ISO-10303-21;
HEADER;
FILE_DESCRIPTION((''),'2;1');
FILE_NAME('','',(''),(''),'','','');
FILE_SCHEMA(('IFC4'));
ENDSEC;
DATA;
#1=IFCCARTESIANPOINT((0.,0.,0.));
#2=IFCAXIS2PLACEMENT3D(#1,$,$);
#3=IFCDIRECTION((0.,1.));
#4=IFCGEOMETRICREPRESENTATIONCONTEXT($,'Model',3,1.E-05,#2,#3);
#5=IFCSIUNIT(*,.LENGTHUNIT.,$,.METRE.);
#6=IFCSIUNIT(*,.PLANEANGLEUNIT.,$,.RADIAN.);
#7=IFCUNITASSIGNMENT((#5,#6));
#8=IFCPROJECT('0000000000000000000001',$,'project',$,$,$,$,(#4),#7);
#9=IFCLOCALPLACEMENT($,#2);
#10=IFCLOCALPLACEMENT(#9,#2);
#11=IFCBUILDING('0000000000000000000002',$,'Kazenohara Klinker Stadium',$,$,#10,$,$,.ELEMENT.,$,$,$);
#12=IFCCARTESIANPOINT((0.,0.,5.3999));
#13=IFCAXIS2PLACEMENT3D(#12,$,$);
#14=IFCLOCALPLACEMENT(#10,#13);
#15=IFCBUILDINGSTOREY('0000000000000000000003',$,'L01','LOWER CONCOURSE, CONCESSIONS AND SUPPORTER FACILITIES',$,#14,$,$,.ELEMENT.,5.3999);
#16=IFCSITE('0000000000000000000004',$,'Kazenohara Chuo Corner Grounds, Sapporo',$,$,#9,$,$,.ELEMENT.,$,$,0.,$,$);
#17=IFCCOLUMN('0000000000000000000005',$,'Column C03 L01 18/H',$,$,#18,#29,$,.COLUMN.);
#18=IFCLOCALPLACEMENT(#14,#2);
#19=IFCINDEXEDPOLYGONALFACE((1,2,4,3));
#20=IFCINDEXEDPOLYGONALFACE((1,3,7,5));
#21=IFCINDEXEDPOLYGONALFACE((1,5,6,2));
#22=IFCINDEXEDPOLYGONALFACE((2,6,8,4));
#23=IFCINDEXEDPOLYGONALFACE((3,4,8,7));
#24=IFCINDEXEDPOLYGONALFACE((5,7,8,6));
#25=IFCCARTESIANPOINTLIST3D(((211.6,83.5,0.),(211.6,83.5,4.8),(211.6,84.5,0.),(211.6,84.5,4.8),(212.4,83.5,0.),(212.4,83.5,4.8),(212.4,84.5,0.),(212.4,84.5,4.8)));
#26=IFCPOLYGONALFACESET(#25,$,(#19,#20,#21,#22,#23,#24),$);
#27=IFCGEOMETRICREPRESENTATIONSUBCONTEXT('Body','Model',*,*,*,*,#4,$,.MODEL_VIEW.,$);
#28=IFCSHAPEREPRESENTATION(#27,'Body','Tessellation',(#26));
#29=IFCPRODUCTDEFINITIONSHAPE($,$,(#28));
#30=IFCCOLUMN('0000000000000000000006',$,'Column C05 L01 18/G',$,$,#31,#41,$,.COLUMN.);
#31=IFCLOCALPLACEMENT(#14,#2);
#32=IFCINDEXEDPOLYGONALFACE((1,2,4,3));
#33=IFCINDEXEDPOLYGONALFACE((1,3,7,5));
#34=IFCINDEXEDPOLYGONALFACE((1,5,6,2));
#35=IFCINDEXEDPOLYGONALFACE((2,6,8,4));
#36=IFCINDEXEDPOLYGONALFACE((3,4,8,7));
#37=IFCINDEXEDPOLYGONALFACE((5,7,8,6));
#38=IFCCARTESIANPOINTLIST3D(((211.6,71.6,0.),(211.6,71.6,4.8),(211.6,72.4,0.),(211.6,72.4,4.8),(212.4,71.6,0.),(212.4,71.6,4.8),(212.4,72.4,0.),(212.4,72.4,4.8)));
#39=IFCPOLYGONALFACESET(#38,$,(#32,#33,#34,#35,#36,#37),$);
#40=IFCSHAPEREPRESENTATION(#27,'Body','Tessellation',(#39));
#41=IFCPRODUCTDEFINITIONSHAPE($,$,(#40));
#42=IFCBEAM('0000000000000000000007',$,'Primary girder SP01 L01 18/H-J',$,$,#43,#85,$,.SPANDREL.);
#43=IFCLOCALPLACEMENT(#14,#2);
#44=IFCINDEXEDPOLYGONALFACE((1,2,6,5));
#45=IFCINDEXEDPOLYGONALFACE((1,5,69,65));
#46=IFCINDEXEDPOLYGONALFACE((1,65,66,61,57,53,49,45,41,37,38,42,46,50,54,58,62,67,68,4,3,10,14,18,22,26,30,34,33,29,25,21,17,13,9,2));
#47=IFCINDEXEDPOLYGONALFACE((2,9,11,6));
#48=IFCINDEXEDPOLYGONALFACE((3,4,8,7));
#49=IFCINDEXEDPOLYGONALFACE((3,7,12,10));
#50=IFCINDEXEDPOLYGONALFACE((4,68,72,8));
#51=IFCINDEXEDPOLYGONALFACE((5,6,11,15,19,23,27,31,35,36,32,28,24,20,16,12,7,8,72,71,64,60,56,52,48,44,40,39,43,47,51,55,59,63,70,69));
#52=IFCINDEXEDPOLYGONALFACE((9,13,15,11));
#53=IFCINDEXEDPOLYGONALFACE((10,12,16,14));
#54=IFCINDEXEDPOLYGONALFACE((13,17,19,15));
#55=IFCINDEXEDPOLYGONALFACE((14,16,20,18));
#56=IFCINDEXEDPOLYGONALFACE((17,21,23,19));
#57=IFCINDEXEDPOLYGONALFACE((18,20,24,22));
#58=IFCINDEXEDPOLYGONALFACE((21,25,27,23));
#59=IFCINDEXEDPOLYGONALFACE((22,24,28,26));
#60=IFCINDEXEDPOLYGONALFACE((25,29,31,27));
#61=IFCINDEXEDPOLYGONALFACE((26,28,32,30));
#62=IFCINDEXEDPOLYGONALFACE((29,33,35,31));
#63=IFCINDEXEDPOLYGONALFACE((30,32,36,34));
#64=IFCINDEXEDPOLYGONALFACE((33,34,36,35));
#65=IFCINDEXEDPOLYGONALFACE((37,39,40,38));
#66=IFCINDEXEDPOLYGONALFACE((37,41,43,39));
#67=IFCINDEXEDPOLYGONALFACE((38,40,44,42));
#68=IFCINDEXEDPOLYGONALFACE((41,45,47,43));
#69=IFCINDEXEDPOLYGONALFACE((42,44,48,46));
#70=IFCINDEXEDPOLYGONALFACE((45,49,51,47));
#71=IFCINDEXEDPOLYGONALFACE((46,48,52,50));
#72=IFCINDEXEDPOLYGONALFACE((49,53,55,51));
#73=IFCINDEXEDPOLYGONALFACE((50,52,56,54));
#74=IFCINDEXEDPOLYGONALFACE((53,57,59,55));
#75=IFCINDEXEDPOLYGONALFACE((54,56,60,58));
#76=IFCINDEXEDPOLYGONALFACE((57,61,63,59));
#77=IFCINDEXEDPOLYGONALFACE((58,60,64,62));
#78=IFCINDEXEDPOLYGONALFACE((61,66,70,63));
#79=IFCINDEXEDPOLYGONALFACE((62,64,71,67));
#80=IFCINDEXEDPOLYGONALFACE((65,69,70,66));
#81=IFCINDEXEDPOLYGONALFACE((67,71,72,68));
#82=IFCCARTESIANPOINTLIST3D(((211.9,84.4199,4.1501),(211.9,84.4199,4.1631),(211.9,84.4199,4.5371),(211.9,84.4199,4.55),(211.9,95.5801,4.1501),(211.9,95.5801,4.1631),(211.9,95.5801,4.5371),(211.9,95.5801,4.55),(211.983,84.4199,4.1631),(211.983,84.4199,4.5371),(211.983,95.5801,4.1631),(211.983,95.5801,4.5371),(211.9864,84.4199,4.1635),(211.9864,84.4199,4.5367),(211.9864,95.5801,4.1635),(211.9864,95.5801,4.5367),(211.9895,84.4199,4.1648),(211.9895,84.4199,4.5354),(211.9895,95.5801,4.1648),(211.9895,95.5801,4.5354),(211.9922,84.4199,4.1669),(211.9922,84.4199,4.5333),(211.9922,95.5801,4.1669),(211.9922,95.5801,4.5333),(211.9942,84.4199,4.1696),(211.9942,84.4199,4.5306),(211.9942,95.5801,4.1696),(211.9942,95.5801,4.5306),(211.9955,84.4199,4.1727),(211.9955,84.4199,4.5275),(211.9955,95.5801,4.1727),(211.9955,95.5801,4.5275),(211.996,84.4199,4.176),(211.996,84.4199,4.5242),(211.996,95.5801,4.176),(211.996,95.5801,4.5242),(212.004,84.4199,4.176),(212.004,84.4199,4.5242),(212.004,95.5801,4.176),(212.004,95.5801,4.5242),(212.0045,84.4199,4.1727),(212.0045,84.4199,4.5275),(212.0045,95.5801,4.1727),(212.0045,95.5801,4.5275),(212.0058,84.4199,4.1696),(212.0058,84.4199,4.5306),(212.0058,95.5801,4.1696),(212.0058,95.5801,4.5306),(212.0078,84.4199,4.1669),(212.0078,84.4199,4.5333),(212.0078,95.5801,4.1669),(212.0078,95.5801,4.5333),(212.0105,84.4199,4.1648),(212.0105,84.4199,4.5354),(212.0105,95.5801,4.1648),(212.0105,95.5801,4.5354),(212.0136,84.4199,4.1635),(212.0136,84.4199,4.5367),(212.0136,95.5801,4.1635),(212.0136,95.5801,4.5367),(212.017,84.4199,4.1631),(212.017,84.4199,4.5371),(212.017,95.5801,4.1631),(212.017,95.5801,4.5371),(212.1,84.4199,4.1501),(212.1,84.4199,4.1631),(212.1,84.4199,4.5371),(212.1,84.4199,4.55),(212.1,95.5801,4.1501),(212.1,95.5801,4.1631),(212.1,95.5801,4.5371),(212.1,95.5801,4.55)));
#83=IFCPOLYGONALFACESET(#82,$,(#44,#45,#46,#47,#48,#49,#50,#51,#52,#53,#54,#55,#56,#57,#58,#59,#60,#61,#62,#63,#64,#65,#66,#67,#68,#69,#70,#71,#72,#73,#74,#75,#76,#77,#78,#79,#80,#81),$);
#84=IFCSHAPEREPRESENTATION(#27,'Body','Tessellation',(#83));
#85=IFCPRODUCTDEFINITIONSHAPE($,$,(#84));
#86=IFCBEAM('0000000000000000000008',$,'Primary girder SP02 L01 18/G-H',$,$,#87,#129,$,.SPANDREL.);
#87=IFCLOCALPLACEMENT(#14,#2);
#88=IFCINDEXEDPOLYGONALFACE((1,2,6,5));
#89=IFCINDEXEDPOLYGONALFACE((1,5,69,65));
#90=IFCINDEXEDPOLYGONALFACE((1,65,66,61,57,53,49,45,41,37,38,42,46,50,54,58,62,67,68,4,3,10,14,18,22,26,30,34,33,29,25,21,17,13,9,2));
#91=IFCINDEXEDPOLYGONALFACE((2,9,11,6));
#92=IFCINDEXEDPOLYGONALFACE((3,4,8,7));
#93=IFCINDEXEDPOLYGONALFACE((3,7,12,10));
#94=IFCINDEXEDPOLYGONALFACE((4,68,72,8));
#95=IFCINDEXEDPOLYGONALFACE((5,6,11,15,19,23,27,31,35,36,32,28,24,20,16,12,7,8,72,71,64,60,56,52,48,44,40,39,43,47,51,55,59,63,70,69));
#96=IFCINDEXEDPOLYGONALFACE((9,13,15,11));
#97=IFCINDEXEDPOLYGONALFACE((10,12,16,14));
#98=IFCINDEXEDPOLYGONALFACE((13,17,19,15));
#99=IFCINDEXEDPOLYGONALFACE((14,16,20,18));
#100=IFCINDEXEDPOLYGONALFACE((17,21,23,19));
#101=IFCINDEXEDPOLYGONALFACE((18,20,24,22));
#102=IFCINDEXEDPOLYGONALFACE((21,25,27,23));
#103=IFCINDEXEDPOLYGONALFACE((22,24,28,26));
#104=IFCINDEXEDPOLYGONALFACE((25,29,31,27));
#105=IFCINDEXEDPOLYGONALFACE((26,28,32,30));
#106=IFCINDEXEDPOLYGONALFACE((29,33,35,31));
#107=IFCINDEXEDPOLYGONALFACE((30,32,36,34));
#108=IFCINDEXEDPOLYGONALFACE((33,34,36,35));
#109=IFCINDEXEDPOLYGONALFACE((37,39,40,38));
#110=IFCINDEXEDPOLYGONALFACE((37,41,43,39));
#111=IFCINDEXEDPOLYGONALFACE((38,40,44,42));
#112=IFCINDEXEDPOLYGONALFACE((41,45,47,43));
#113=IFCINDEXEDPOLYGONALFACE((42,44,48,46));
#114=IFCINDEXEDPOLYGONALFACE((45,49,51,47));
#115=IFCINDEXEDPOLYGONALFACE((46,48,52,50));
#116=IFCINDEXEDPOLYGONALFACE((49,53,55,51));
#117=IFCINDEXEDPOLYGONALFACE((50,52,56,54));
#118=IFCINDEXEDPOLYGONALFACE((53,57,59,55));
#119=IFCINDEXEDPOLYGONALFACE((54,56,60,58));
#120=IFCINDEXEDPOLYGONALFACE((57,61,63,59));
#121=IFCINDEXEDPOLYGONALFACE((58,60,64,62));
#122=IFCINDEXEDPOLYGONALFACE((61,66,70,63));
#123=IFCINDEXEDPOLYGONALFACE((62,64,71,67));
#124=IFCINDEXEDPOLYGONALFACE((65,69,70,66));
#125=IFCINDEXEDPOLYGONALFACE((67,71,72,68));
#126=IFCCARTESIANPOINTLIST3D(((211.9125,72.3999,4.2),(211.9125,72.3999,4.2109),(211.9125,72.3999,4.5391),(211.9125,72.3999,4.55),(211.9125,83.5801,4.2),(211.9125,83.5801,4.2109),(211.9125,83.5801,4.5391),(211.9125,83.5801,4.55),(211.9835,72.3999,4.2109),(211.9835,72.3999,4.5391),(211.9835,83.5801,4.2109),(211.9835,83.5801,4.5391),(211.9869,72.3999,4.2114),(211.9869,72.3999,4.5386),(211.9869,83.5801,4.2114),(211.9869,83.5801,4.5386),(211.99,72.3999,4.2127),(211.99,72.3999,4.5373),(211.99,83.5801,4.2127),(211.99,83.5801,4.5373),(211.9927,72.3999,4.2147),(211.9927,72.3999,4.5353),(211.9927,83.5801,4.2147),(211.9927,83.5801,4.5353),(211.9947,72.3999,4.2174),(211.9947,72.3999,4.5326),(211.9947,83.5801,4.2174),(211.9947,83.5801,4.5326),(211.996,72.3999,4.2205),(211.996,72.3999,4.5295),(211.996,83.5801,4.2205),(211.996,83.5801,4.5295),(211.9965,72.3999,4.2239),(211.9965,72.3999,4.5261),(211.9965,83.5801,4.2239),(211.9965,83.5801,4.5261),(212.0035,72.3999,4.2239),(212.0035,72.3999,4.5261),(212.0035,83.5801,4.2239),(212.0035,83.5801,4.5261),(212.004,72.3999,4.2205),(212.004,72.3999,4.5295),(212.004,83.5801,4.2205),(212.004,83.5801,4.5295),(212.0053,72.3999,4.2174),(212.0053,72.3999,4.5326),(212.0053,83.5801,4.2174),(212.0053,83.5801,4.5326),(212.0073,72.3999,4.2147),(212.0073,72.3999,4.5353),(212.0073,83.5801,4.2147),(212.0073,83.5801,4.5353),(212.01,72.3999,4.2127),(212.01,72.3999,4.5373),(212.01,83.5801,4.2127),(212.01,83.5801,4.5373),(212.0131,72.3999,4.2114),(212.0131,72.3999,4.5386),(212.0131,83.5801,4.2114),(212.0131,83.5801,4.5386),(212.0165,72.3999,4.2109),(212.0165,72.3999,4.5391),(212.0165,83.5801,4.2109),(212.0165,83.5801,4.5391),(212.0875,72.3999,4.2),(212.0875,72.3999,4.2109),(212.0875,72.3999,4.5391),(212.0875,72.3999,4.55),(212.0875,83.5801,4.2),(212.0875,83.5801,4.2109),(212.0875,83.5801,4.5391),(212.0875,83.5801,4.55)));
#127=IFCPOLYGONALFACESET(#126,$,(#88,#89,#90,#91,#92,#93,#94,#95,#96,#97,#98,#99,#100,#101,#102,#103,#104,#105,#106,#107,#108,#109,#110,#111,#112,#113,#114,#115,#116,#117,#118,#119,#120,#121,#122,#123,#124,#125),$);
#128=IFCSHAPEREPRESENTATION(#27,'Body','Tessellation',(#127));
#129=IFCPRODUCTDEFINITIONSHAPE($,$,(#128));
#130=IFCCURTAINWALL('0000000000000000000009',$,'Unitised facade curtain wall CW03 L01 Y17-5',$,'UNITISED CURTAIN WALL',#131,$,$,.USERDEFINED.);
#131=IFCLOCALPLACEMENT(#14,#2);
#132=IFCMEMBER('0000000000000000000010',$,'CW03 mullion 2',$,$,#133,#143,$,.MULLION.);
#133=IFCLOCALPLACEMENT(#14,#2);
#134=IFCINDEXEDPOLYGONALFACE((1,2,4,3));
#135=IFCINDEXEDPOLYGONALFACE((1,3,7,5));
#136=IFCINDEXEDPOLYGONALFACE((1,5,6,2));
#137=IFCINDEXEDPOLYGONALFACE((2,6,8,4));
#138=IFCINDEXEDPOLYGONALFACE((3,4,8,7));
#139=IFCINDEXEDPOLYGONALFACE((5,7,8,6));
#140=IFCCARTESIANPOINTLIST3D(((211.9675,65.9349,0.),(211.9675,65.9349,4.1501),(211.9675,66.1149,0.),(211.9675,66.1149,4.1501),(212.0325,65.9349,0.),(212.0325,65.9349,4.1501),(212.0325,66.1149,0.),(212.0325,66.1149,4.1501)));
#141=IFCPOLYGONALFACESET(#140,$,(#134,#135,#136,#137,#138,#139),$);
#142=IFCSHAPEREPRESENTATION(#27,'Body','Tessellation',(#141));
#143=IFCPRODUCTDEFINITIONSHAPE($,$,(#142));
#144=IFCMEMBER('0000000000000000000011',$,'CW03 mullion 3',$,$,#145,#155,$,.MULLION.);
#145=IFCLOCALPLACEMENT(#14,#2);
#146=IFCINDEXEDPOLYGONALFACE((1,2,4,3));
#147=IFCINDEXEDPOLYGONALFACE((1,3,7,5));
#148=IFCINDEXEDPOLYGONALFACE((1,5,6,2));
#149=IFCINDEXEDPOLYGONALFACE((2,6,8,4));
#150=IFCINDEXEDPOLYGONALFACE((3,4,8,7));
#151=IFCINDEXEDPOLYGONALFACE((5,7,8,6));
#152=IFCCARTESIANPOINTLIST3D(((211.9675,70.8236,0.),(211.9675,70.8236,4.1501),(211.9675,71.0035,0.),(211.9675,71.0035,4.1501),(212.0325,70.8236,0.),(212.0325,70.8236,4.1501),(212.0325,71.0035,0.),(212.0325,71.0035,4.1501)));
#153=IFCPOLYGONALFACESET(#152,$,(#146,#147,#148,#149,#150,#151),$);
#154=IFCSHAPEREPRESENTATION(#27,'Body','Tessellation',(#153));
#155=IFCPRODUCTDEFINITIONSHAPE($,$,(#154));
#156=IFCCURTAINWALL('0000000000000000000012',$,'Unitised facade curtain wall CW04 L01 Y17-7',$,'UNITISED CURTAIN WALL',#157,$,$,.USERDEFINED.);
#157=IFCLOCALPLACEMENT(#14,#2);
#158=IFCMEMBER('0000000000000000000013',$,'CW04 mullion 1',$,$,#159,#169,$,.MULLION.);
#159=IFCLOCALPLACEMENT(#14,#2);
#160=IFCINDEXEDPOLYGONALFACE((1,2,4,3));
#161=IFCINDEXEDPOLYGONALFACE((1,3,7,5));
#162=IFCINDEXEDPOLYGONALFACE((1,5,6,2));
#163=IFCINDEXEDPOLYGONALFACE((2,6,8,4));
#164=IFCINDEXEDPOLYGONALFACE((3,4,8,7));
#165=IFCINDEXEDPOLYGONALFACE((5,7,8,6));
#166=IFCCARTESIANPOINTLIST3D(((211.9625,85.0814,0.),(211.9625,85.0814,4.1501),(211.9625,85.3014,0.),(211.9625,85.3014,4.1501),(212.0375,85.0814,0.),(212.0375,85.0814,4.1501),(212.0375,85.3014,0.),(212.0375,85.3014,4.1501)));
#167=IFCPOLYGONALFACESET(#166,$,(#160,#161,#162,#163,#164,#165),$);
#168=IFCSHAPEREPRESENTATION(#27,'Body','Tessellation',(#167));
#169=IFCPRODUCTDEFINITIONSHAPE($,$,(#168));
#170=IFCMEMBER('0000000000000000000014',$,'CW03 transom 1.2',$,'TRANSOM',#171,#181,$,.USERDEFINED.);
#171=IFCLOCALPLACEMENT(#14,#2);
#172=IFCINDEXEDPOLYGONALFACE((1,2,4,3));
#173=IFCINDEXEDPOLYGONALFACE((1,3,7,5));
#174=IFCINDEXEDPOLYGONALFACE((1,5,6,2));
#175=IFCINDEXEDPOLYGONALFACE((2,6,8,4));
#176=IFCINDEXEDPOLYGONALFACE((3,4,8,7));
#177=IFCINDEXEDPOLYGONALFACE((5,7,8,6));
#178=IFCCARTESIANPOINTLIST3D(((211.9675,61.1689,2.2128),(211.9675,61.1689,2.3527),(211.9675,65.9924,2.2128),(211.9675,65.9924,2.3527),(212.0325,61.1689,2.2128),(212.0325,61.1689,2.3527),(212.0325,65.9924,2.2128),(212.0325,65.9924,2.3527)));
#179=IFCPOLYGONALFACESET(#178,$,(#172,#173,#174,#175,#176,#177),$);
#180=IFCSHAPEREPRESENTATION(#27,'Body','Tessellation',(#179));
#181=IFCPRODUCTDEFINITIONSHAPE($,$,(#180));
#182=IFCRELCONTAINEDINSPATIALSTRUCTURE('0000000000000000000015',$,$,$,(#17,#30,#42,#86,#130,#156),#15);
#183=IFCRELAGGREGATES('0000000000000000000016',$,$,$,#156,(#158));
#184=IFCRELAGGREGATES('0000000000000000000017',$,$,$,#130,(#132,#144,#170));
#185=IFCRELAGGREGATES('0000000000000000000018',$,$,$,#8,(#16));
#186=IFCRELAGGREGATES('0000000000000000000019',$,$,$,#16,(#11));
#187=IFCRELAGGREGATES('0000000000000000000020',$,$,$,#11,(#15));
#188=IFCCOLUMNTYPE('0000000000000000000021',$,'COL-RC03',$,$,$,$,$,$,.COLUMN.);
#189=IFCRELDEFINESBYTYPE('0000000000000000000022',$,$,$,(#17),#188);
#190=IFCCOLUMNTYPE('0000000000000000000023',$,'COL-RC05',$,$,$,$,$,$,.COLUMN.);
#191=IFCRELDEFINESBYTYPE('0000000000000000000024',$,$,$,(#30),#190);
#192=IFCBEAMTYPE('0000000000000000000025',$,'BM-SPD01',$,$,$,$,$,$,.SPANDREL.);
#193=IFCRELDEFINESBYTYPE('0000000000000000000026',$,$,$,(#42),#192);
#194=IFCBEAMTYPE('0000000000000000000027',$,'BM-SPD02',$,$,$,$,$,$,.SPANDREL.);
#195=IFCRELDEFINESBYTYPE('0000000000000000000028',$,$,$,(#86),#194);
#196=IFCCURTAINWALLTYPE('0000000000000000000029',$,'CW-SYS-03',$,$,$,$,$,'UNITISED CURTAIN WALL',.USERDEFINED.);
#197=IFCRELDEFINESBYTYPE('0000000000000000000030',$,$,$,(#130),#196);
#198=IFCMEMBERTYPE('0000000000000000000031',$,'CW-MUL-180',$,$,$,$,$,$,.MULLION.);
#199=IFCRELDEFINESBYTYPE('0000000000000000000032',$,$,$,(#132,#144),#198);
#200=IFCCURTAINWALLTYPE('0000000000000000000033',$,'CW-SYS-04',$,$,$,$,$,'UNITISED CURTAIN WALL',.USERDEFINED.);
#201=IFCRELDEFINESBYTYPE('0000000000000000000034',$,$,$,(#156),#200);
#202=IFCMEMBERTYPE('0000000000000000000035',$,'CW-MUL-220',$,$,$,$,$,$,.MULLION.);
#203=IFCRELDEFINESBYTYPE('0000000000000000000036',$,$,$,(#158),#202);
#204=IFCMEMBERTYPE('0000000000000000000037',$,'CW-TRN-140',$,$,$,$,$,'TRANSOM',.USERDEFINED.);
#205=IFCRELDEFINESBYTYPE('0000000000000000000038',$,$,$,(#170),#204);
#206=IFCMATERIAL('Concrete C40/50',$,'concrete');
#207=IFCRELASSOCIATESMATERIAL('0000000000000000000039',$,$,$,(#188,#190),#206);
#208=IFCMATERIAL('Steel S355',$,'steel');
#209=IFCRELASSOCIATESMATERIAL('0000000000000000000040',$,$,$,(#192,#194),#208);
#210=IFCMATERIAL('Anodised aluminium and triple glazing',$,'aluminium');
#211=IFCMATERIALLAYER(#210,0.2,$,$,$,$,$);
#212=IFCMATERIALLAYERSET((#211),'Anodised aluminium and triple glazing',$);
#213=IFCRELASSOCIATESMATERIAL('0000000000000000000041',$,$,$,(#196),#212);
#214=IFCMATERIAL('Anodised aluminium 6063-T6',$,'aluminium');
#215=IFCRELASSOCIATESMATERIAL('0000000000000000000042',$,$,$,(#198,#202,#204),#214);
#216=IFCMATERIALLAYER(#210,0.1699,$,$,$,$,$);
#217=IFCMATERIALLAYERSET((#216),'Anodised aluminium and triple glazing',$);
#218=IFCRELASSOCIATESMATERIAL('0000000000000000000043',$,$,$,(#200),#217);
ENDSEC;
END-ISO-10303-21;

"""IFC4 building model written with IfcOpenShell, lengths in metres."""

from ifc_helpers import new_model, si_unit, direction, frame, origin, origin_2d, place, context, subcontext, project, spatial, rectangle, i_section, extrude, material, layer, layer_set, material_profile, profile_set, type_object, element, aggregate, save


model = new_model("IFC4")

# Units and contexts
model_context = context("Model", 3, precision=1e-05, world=origin(), true_north=direction((0.0, 1.0)))
body_context = subcontext(model_context, "Body", "Model", "MODEL_VIEW")
ifc_project = project(units=[si_unit("LENGTHUNIT", "METRE"), si_unit("PLANEANGLEUNIT", "RADIAN")], contexts=[model_context])

# Site, building, storey
site_placement = place(None, origin())
site = spatial("IfcSite", under=ifc_project, at=site_placement, Name="Kazenohara Chuo Corner Grounds, Sapporo", CompositionType="ELEMENT", RefElevation=0.0)
building_placement = place(site_placement, origin())
building = spatial("IfcBuilding", under=site, at=building_placement, Name="Kazenohara Klinker Stadium", CompositionType="ELEMENT")
storey_placement = place(building_placement, frame((0.0, 0.0, 5.3999)))
storey = spatial("IfcBuildingStorey", under=building, at=storey_placement, Name="L01", Description="LOWER CONCOURSE, CONCESSIONS AND SUPPORTER FACILITIES", CompositionType="ELEMENT", Elevation=5.3999)

# Columns
ifc_material_1 = material(Name="Concrete C40/50", Category="concrete")
ifc_material_profile_1 = material_profile(ifc_material_1, rectangle(XDim=0.8, YDim=1.0, at=origin_2d()), Name="RC-COL-1000x800")
ifc_profile_set_1 = profile_set([ifc_material_profile_1], Name="Concrete C40/50")
column_type_1 = type_object("IfcColumnType", Name="COL-RC03", PredefinedType="COLUMN", material=ifc_profile_set_1)
column_1_placement = place(storey_placement, frame((212.0, 84.0, 0.0), z_axis=(0.0, 0.0, 1.0), x_axis=(1.0, 0.0, 0.0)))
element("IfcColumn", 1, at=column_1_placement, inside=storey, type_object=column_type_1, Name="Column C03 L01 18/H", PredefinedType="COLUMN", context=body_context, shape_type="SweptSolid", body=[
    extrude(rectangle(XDim=0.8, YDim=1.0, at=origin_2d()), origin(), (0.0, 0.0, 1.0), 4.8),
])
ifc_material_profile_2 = material_profile(ifc_material_1, rectangle(XDim=0.8, YDim=0.8, at=origin_2d()), Name="RC-COL-800x800")
ifc_profile_set_2 = profile_set([ifc_material_profile_2], Name="Concrete C40/50")
column_type_2 = type_object("IfcColumnType", Name="COL-RC05", PredefinedType="COLUMN", material=ifc_profile_set_2)
column_2_placement = place(storey_placement, frame((212.0, 72.0, 0.0), z_axis=(0.0, 0.0, 1.0), x_axis=(1.0, 0.0, 0.0)))
element("IfcColumn", 2, at=column_2_placement, inside=storey, type_object=column_type_2, Name="Column C05 L01 18/G", PredefinedType="COLUMN", context=body_context, shape_type="SweptSolid", body=[
    extrude(rectangle(XDim=0.8, YDim=0.8, at=origin_2d()), origin(), (0.0, 0.0, 1.0), 4.8),
])

# Beams
ifc_material_2 = material(Name="Steel S355", Category="steel")
ifc_material_profile_3 = material_profile(ifc_material_2, i_section(OverallWidth=0.2, OverallDepth=0.3999, WebThickness=0.0081, FlangeThickness=0.0129, FilletRadius=0.0129, at=origin_2d()), Name="H-400x200x8x13")
ifc_profile_set_3 = profile_set([ifc_material_profile_3], Name="Steel S355")
beam_type_1 = type_object("IfcBeamType", Name="BM-SPD01", PredefinedType="SPANDREL", material=ifc_profile_set_3)
beam_1_placement = place(storey_placement, frame((212.0, 84.4199, 4.3501), z_axis=(0.0, 1.0, 0.0), x_axis=(-1.0, 0.0, 0.0)))
element("IfcBeam", 3, at=beam_1_placement, inside=storey, type_object=beam_type_1, Name="Primary girder SP01 L01 18/H-J", PredefinedType="SPANDREL", context=body_context, shape_type="SweptSolid", body=[
    extrude(i_section(OverallWidth=0.2, OverallDepth=0.3999, WebThickness=0.0081, FlangeThickness=0.0129, FilletRadius=0.0129, at=origin_2d()), origin(), (0.0, 0.0, 1.0), 11.1602),
])
ifc_material_profile_4 = material_profile(ifc_material_2, i_section(OverallWidth=0.175, OverallDepth=0.3501, WebThickness=0.0071, FlangeThickness=0.011, FilletRadius=0.0129, at=origin_2d()), Name="H-350x175x7x11")
ifc_profile_set_4 = profile_set([ifc_material_profile_4], Name="Steel S355")
beam_type_2 = type_object("IfcBeamType", Name="BM-SPD02", PredefinedType="SPANDREL", material=ifc_profile_set_4)
beam_2_placement = place(storey_placement, frame((212.0, 72.3999, 4.375), z_axis=(0.0, 1.0, 0.0), x_axis=(-1.0, 0.0, 0.0)))
element("IfcBeam", 4, at=beam_2_placement, inside=storey, type_object=beam_type_2, Name="Primary girder SP02 L01 18/G-H", PredefinedType="SPANDREL", context=body_context, shape_type="SweptSolid", body=[
    extrude(i_section(OverallWidth=0.175, OverallDepth=0.3501, WebThickness=0.0071, FlangeThickness=0.011, FilletRadius=0.0129, at=origin_2d()), origin(), (0.0, 0.0, 1.0), 11.1802),
])

# Curtain wall, members
ifc_material_3 = material(Name="Anodised aluminium and triple glazing", Category="aluminium")
ifc_layer_1 = layer(ifc_material_3, 0.2)
ifc_layer_set_1 = layer_set([ifc_layer_1], Name="Anodised aluminium and triple glazing")
curtain_wall_type_1 = type_object("IfcCurtainWallType", Name="CW-SYS-03", ElementType="UNITISED CURTAIN WALL", PredefinedType="USERDEFINED", material=ifc_layer_set_1)
curtain_wall_1_placement = place(storey_placement, origin())
curtain_wall_1 = element("IfcCurtainWall", 5, at=curtain_wall_1_placement, inside=storey, type_object=curtain_wall_type_1, Name="Unitised facade curtain wall CW03 L01 Y17-5", ObjectType="UNITISED CURTAIN WALL", PredefinedType="USERDEFINED")
ifc_material_4 = material(Name="Anodised aluminium 6063-T6", Category="aluminium")
ifc_material_profile_5 = material_profile(ifc_material_4, rectangle(XDim=0.0649, YDim=0.1799, at=origin_2d()), Name="ALU-MUL-65x180")
ifc_profile_set_5 = profile_set([ifc_material_profile_5], Name="Anodised aluminium 6063-T6")
member_type_1 = type_object("IfcMemberType", Name="CW-MUL-180", PredefinedType="MULLION", material=ifc_profile_set_5)
member_1_placement = place(storey_placement, frame((212.0, 66.0249, 0.0), z_axis=(0.0, 0.0, 1.0), x_axis=(-1.0, 0.0, 0.0)))
member_1 = element("IfcMember", 6, at=member_1_placement, type_object=member_type_1, Name="CW03 mullion 2", PredefinedType="MULLION", context=body_context, shape_type="SweptSolid", body=[
    extrude(rectangle(XDim=0.0649, YDim=0.1799, at=origin_2d()), origin(), (0.0, 0.0, 1.0), 4.1501),
])
member_2_placement = place(storey_placement, frame((212.0, 70.9136, 0.0), z_axis=(0.0, 0.0, 1.0), x_axis=(-1.0, 0.0, 0.0)))
member_2 = element("IfcMember", 7, at=member_2_placement, type_object=member_type_1, Name="CW03 mullion 3", PredefinedType="MULLION", context=body_context, shape_type="SweptSolid", body=[
    extrude(rectangle(XDim=0.0649, YDim=0.1799, at=origin_2d()), origin(), (0.0, 0.0, 1.0), 4.1501),
])

# Curtain wall, member
ifc_layer_2 = layer(ifc_material_3, 0.1699)
ifc_layer_set_2 = layer_set([ifc_layer_2], Name="Anodised aluminium and triple glazing")
curtain_wall_type_2 = type_object("IfcCurtainWallType", Name="CW-SYS-04", ElementType="UNITISED CURTAIN WALL", PredefinedType="USERDEFINED", material=ifc_layer_set_2)
curtain_wall_2_placement = place(storey_placement, origin())
curtain_wall_2 = element("IfcCurtainWall", 8, at=curtain_wall_2_placement, inside=storey, type_object=curtain_wall_type_2, Name="Unitised facade curtain wall CW04 L01 Y17-7", ObjectType="UNITISED CURTAIN WALL", PredefinedType="USERDEFINED")
ifc_material_profile_6 = material_profile(ifc_material_4, rectangle(XDim=0.075, YDim=0.22, at=origin_2d()), Name="ALU-MUL-75x220")
ifc_profile_set_6 = profile_set([ifc_material_profile_6], Name="Anodised aluminium 6063-T6")
member_type_2 = type_object("IfcMemberType", Name="CW-MUL-220", PredefinedType="MULLION", material=ifc_profile_set_6)
member_3_placement = place(storey_placement, frame((212.0, 85.1914, 0.0), z_axis=(0.0, 0.0, 1.0), x_axis=(-1.0, 0.0, 0.0)))
member_3 = element("IfcMember", 9, at=member_3_placement, type_object=member_type_2, Name="CW04 mullion 1", PredefinedType="MULLION", context=body_context, shape_type="SweptSolid", body=[
    extrude(rectangle(XDim=0.075, YDim=0.22, at=origin_2d()), origin(), (0.0, 0.0, 1.0), 4.1501),
])

# Member
ifc_material_profile_7 = material_profile(ifc_material_4, rectangle(XDim=0.0649, YDim=0.1399, at=origin_2d()), Name="ALU-TRN-65x140")
ifc_profile_set_7 = profile_set([ifc_material_profile_7], Name="Anodised aluminium 6063-T6")
member_type_3 = type_object("IfcMemberType", Name="CW-TRN-140", ElementType="TRANSOM", PredefinedType="USERDEFINED", material=ifc_profile_set_7)
member_4_placement = place(storey_placement, frame((212.0, 61.1689, 2.2827), z_axis=(0.0, 1.0, 0.0), x_axis=(-1.0, 0.0, 0.0)))
member_4 = element("IfcMember", 10, at=member_4_placement, type_object=member_type_3, Name="CW03 transom 1.2", ObjectType="TRANSOM", PredefinedType="USERDEFINED", context=body_context, shape_type="SweptSolid", body=[
    extrude(rectangle(XDim=0.0649, YDim=0.1399, at=origin_2d()), origin(), (0.0, 0.0, 1.0), 4.8235),
])
aggregate(curtain_wall_2, [member_3])

aggregate(curtain_wall_1, [member_1, member_2, member_4])

save(model, "model.ifc")
